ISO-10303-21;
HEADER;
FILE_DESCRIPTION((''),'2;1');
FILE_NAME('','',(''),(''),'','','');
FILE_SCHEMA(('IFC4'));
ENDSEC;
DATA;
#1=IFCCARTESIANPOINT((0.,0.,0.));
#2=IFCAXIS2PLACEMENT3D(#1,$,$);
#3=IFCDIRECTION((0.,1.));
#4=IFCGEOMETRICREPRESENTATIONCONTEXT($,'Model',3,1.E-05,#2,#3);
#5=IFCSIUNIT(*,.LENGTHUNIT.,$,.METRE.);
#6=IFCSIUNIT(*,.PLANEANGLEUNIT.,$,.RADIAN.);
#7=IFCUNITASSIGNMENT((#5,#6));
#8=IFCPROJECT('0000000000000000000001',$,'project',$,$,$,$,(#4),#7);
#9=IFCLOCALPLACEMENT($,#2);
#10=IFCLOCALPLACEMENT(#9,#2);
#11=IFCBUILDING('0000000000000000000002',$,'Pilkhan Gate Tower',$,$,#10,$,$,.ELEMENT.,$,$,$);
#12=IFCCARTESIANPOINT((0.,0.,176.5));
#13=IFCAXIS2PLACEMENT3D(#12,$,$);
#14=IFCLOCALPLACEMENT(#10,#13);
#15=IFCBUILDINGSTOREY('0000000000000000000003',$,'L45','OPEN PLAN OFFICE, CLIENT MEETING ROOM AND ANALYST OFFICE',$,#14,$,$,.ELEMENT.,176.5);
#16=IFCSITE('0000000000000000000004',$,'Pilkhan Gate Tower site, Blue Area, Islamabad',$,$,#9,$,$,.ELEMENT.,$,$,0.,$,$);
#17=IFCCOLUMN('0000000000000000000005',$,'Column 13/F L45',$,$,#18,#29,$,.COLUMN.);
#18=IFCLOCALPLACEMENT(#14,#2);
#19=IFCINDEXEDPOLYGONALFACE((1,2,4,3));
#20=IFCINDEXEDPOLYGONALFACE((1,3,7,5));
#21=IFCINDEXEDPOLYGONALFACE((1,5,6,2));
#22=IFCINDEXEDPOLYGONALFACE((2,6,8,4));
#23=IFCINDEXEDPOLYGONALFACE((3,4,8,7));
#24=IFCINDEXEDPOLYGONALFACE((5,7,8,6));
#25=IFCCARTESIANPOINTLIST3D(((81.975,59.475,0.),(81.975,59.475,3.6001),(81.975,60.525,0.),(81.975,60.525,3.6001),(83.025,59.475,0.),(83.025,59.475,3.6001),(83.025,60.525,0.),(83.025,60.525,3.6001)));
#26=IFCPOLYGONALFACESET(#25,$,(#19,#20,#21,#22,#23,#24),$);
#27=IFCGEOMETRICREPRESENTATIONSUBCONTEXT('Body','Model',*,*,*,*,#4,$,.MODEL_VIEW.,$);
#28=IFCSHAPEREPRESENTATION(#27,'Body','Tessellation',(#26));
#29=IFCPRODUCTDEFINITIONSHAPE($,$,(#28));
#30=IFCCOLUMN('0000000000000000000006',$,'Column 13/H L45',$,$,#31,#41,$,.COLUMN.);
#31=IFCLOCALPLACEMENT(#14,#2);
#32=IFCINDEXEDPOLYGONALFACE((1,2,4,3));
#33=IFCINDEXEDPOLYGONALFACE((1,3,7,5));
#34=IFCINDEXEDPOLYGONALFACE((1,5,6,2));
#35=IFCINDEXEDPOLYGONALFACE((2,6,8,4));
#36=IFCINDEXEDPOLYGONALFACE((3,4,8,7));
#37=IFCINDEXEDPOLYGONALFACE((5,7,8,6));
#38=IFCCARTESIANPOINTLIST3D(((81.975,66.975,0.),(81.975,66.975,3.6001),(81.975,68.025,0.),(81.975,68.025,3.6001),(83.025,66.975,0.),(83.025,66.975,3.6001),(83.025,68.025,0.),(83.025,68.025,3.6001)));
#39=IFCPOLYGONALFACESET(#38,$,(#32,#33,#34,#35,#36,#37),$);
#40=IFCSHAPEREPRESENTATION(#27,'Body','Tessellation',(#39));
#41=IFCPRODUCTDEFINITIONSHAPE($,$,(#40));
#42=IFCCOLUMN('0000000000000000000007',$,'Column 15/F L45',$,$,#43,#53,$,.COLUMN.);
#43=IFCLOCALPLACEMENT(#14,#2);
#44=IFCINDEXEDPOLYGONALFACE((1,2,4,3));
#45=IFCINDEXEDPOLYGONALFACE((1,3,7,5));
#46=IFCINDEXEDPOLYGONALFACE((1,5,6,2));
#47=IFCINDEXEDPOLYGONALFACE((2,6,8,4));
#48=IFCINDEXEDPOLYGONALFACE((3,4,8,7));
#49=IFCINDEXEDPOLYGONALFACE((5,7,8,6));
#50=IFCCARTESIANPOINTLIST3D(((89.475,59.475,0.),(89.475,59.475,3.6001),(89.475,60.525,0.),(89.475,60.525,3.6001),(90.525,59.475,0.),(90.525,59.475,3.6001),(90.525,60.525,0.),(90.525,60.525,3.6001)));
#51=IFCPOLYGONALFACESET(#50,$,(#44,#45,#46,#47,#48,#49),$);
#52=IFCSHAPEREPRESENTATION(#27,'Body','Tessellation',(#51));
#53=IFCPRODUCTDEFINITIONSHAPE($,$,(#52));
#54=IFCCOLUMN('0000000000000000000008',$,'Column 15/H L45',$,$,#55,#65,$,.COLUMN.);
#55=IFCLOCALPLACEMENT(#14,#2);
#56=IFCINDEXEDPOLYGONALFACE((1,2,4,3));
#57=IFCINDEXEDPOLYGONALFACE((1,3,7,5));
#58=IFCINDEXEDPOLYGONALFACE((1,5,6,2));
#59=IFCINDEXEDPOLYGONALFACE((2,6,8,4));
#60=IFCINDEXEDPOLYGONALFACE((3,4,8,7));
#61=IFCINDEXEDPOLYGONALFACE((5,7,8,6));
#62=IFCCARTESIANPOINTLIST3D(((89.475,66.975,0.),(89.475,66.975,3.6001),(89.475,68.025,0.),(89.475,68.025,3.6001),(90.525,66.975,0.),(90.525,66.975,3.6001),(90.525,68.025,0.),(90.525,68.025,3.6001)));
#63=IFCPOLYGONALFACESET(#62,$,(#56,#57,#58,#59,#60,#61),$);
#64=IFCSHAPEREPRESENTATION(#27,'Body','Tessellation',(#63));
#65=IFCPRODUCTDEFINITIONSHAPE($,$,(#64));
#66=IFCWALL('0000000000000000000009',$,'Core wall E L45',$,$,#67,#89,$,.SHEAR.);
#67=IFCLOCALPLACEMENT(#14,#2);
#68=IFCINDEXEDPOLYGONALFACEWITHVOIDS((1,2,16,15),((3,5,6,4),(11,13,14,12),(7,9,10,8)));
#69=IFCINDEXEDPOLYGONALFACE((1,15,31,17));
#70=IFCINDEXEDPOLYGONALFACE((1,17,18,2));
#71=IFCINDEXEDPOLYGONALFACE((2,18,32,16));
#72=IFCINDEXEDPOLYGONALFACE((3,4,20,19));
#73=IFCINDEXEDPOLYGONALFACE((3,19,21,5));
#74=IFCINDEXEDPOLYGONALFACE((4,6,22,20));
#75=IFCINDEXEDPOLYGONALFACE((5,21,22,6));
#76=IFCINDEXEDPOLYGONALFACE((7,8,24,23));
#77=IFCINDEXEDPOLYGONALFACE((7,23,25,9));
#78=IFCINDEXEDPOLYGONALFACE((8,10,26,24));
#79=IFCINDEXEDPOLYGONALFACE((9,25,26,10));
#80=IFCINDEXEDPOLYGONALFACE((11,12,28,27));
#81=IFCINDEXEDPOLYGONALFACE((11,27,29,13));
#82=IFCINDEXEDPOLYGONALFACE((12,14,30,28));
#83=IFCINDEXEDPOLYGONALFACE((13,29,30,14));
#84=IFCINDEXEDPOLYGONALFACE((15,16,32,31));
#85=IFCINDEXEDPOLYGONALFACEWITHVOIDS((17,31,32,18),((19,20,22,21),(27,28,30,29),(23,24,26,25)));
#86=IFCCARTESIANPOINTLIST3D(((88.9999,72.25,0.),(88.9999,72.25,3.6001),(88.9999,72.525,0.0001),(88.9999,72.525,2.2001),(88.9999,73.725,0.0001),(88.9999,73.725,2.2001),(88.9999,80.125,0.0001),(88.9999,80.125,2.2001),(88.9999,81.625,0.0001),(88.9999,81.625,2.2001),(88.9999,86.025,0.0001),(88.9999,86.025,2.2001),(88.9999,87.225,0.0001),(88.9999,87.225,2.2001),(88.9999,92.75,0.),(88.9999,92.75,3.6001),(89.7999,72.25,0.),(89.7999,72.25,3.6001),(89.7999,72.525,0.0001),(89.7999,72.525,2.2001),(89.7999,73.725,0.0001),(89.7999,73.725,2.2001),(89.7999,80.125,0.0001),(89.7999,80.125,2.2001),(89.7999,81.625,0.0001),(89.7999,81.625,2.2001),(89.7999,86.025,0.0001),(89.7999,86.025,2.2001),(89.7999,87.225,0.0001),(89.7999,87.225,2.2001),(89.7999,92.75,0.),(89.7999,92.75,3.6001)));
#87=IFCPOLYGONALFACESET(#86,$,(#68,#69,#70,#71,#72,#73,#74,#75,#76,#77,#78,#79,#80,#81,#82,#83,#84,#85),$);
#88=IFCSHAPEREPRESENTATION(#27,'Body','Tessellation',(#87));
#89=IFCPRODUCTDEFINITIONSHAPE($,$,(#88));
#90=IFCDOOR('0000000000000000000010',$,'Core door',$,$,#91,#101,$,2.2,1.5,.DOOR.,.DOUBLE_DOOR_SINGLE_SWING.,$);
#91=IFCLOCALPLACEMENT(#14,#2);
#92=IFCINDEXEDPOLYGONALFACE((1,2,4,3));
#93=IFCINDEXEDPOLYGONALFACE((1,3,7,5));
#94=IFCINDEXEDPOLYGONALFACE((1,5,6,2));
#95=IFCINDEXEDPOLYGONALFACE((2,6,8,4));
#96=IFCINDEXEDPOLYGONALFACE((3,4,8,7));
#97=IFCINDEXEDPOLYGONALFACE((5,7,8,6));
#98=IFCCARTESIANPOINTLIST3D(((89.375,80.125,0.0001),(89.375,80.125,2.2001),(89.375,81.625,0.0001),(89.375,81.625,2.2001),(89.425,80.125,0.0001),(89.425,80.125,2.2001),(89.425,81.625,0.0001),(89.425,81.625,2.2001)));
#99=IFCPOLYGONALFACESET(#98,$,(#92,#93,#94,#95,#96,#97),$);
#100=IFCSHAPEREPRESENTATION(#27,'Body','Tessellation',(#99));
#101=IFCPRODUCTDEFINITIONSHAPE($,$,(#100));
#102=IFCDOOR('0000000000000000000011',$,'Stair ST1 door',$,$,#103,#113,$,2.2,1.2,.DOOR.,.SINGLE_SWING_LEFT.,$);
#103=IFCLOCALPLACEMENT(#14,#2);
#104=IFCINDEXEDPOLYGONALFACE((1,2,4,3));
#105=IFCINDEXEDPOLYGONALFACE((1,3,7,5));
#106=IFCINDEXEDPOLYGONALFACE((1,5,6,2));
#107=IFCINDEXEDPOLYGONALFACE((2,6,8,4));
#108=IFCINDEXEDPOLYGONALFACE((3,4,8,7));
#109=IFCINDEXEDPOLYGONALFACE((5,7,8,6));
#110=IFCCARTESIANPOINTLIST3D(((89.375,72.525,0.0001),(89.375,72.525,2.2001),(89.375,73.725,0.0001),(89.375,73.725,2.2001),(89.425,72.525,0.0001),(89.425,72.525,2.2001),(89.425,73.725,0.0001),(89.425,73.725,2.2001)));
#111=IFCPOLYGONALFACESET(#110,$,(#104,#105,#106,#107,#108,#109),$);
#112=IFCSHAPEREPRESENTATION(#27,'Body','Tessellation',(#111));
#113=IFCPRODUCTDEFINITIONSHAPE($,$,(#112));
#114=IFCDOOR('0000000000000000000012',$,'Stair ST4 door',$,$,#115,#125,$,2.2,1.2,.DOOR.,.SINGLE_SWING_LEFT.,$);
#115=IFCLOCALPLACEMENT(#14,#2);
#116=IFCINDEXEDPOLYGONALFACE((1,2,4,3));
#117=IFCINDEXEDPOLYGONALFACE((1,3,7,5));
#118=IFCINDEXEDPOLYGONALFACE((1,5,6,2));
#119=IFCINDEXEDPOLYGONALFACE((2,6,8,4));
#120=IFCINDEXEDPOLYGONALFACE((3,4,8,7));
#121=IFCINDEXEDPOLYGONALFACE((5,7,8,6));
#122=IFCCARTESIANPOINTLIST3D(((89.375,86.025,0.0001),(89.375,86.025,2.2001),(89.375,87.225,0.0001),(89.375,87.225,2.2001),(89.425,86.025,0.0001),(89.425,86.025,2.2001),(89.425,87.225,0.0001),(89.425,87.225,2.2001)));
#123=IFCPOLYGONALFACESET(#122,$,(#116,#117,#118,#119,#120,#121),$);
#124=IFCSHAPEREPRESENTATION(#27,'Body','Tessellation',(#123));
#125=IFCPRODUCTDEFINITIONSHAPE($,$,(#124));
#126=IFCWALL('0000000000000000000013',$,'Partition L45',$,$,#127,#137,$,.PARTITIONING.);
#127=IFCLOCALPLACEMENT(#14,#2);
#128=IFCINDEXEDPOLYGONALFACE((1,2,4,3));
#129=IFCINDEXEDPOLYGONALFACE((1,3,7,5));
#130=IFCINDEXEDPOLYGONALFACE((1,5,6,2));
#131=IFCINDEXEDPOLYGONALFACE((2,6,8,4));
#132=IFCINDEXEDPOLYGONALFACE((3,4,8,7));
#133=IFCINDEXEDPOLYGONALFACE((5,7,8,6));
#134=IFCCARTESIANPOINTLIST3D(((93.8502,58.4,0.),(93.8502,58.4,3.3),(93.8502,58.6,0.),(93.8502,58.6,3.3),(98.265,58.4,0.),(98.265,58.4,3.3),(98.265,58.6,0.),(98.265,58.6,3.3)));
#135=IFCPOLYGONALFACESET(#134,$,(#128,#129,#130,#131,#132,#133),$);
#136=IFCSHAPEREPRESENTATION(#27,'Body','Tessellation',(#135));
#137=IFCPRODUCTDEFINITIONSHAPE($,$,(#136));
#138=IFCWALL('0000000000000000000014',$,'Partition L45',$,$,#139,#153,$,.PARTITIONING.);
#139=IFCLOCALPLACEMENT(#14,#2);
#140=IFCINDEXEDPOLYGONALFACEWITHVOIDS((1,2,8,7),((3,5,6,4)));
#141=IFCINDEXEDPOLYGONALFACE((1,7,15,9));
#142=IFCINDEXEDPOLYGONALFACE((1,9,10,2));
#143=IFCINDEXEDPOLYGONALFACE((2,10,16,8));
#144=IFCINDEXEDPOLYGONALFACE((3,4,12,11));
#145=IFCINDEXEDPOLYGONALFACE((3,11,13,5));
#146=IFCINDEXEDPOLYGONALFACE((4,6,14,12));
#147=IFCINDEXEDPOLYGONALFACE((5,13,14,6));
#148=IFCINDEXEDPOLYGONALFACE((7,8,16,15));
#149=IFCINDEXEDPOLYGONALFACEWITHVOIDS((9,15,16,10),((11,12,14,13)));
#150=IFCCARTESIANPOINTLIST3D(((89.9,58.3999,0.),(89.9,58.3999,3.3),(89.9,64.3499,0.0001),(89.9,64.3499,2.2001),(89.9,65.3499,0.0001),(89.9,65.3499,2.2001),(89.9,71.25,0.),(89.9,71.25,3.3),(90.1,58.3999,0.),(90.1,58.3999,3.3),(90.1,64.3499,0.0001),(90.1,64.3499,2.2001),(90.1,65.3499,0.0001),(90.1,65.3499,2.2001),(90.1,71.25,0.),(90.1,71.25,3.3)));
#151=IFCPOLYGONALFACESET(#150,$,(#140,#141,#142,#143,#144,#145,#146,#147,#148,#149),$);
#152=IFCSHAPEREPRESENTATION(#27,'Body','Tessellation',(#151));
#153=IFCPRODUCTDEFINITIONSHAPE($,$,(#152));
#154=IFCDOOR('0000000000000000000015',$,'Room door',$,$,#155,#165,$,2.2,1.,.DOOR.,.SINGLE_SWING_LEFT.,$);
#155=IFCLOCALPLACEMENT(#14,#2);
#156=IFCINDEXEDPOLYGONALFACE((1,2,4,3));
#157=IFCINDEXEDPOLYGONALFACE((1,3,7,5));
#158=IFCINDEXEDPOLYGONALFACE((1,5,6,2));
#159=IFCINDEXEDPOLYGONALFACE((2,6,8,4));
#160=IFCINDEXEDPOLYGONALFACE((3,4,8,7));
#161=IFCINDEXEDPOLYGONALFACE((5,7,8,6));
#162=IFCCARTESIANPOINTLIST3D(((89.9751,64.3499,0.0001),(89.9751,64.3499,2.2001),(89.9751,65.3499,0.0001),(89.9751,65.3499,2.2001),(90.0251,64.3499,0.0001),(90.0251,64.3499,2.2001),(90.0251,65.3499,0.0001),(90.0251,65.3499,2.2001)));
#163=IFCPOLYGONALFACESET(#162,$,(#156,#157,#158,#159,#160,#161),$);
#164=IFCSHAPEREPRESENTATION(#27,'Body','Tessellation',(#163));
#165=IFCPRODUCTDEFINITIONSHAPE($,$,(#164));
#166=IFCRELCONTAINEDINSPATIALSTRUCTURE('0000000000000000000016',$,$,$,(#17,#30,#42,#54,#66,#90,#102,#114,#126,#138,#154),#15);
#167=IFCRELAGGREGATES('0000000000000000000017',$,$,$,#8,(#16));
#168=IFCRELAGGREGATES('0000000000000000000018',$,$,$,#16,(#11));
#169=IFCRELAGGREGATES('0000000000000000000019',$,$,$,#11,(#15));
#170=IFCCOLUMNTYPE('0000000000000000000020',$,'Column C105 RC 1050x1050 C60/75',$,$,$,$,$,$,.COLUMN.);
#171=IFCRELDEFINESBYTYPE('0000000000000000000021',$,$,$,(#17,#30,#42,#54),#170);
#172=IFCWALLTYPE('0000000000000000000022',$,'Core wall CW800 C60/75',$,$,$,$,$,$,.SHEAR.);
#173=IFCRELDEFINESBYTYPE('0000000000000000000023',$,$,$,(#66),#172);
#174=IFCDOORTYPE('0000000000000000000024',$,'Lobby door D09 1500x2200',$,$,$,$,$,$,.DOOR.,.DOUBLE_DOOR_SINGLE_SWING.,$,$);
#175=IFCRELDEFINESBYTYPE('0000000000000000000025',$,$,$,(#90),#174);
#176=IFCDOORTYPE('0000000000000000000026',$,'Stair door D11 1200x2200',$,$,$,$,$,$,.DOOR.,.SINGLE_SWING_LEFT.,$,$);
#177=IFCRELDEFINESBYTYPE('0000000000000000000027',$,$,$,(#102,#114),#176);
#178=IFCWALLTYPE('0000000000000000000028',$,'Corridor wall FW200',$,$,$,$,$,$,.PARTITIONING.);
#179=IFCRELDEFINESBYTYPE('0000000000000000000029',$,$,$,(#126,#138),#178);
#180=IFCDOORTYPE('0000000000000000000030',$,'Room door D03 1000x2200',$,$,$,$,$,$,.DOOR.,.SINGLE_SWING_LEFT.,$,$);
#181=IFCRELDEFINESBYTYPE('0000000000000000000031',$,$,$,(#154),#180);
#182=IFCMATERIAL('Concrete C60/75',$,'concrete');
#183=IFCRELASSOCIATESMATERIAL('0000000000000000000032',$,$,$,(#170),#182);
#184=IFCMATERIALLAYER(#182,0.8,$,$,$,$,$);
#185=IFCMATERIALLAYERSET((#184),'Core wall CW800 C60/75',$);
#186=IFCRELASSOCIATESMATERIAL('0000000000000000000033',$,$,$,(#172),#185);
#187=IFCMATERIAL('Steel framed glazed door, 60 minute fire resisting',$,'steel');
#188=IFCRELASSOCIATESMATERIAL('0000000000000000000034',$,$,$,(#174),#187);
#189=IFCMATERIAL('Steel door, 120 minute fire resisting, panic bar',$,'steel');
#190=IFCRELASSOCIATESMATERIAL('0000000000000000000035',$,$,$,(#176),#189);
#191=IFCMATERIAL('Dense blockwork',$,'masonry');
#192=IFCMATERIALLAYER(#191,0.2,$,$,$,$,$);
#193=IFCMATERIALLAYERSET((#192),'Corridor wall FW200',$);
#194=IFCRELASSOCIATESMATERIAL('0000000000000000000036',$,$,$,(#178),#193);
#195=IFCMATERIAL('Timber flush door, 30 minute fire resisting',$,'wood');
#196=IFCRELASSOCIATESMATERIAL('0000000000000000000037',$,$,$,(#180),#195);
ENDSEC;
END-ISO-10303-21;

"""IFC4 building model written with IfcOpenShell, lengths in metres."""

from ifc_helpers import new_model, si_unit, direction, frame, frame_2d, origin, origin_2d, place, context, subcontext, project, spatial, rectangle, extrude, material, layer, layer_set, material_profile, profile_set, type_object, element, fill, save


model = new_model("IFC4")

# Units and contexts
model_context = context("Model", 3, precision=1e-05, world=origin(), true_north=direction((0.0, 1.0)))
body_context = subcontext(model_context, "Body", "Model", "MODEL_VIEW")
ifc_project = project(units=[si_unit("LENGTHUNIT", "METRE"), si_unit("PLANEANGLEUNIT", "RADIAN")], contexts=[model_context])

# Site, building, storey
site_placement = place(None, origin())
site = spatial("IfcSite", under=ifc_project, at=site_placement, Name="Pilkhan Gate Tower site, Blue Area, Islamabad", CompositionType="ELEMENT", RefElevation=0.0)
building_placement = place(site_placement, origin())
building = spatial("IfcBuilding", under=site, at=building_placement, Name="Pilkhan Gate Tower", CompositionType="ELEMENT")
storey_placement = place(building_placement, frame((0.0, 0.0, 176.5)))
storey = spatial("IfcBuildingStorey", under=building, at=storey_placement, Name="L45", Description="OPEN PLAN OFFICE, CLIENT MEETING ROOM AND ANALYST OFFICE", CompositionType="ELEMENT", Elevation=176.5)

# Columns
ifc_material_1 = material(Name="Concrete C60/75", Category="concrete")
ifc_material_profile = material_profile(ifc_material_1, rectangle(XDim=1.05, YDim=1.05, at=origin_2d()), Name="RC 1050x1050")
ifc_profile_set = profile_set([ifc_material_profile], Name="Concrete C60/75")
column_type = type_object("IfcColumnType", Name="Column C105 RC 1050x1050 C60/75", PredefinedType="COLUMN", material=ifc_profile_set)
for number, where, z_axis, x_axis, name in (
    (1, (82.5, 60.0, 0.0), (0.0, 0.0, 1.0), (1.0, 0.0, 0.0), "Column 13/F L45"),
    (2, (82.5, 67.5, 0.0), (0.0, 0.0, 1.0), (1.0, 0.0, 0.0), "Column 13/H L45"),
    (3, (90.0, 60.0, 0.0), (0.0, 0.0, 1.0), (1.0, 0.0, 0.0), "Column 15/F L45"),
    (4, (90.0, 67.5, 0.0), (0.0, 0.0, 1.0), (1.0, 0.0, 0.0), "Column 15/H L45"),
):
    element("IfcColumn", number, at=place(storey_placement, frame(where, z_axis=z_axis, x_axis=x_axis)), inside=storey, type_object=column_type, Name=name, PredefinedType="COLUMN", context=body_context, shape_type="SweptSolid", body=[
        extrude(rectangle(XDim=1.05, YDim=1.05, at=origin_2d()), origin(), (0.0, 0.0, 1.0), 3.6001),
    ])

# Wall, openings, doors
ifc_layer_1 = layer(ifc_material_1, 0.8)
ifc_layer_set_1 = layer_set([ifc_layer_1], Name="Core wall CW800 C60/75")
wall_type_1 = type_object("IfcWallType", Name="Core wall CW800 C60/75", PredefinedType="SHEAR", material=ifc_layer_set_1)
wall_1_placement = place(storey_placement, frame((89.3999, 72.25, 0.0), z_axis=(0.0, 0.0, 1.0), x_axis=(0.0, 1.0, 0.0)))
wall_1 = element("IfcWall", 5, at=wall_1_placement, inside=storey, type_object=wall_type_1, Name="Core wall E L45", PredefinedType="SHEAR", context=body_context, shape_type="SweptSolid", body=[
    extrude(rectangle(XDim=20.5, YDim=0.8, at=frame_2d((10.25, 0.0))), origin(), (0.0, 0.0, 1.0), 3.6001),
])
opening_1_placement = place(wall_1_placement, frame((0.2749, 0.0, 0.0)))
opening_1 = element("IfcOpeningElement", 6, at=opening_1_placement, cuts=wall_1, PredefinedType="OPENING", context=body_context, shape_type="SweptSolid", body=[
    extrude(rectangle(XDim=1.2, YDim=2.2, at=frame_2d((0.6001, 1.1001))), frame((0.0, 0.4099, 0.0), z_axis=(0.0, -1.0, 0.0), x_axis=(1.0, 0.0, 0.0)), (0.0, 0.0, 1.0), 0.8201),
])
opening_2_placement = place(wall_1_placement, frame((13.7749, 0.0, 0.0)))
opening_2 = element("IfcOpeningElement", 7, at=opening_2_placement, cuts=wall_1, PredefinedType="OPENING", context=body_context, shape_type="SweptSolid", body=[
    extrude(rectangle(XDim=1.2, YDim=2.2, at=frame_2d((0.6001, 1.1001))), frame((0.0, 0.4099, 0.0), z_axis=(0.0, -1.0, 0.0), x_axis=(1.0, 0.0, 0.0)), (0.0, 0.0, 1.0), 0.8201),
])
opening_3_placement = place(wall_1_placement, frame((7.875, 0.0, 0.0)))
opening_3 = element("IfcOpeningElement", 8, at=opening_3_placement, cuts=wall_1, PredefinedType="OPENING", context=body_context, shape_type="SweptSolid", body=[
    extrude(rectangle(XDim=1.5, YDim=2.2, at=frame_2d((0.75, 1.1001))), frame((0.0, 0.4099, 0.0), z_axis=(0.0, -1.0, 0.0), x_axis=(1.0, 0.0, 0.0)), (0.0, 0.0, 1.0), 0.8201),
])
ifc_material_2 = material(Name="Steel framed glazed door, 60 minute fire resisting", Category="steel")
door_type_1 = type_object("IfcDoorType", Name="Lobby door D09 1500x2200", OperationType="DOUBLE_DOOR_SINGLE_SWING", PredefinedType="DOOR", material=ifc_material_2)
door_1_placement = place(opening_3_placement, origin())
door_1 = element("IfcDoor", 9, at=door_1_placement, inside=storey, type_object=door_type_1, Name="Core door", OperationType="DOUBLE_DOOR_SINGLE_SWING", OverallHeight=2.2, OverallWidth=1.5, PredefinedType="DOOR", context=body_context, shape_type="SweptSolid", body=[
    extrude(rectangle(XDim=1.5, YDim=2.2, at=frame_2d((0.75, 1.1001))), frame((0.0, 0.0249, 0.0), z_axis=(0.0, -1.0, 0.0), x_axis=(1.0, 0.0, 0.0)), (0.0, 0.0, 1.0), 0.05),
])
fill(opening_3, door_1)
ifc_material_3 = material(Name="Steel door, 120 minute fire resisting, panic bar", Category="steel")
door_type_2 = type_object("IfcDoorType", Name="Stair door D11 1200x2200", OperationType="SINGLE_SWING_LEFT", PredefinedType="DOOR", material=ifc_material_3)
door_2_placement = place(opening_1_placement, origin())
door_2 = element("IfcDoor", 10, at=door_2_placement, inside=storey, type_object=door_type_2, Name="Stair ST1 door", OperationType="SINGLE_SWING_LEFT", OverallHeight=2.2, OverallWidth=1.2, PredefinedType="DOOR", context=body_context, shape_type="SweptSolid", body=[
    extrude(rectangle(XDim=1.2, YDim=2.2, at=frame_2d((0.6001, 1.1001))), frame((0.0, 0.0249, 0.0), z_axis=(0.0, -1.0, 0.0), x_axis=(1.0, 0.0, 0.0)), (0.0, 0.0, 1.0), 0.05),
])
fill(opening_1, door_2)
door_3_placement = place(opening_2_placement, origin())
door_3 = element("IfcDoor", 11, at=door_3_placement, inside=storey, type_object=door_type_2, Name="Stair ST4 door", OperationType="SINGLE_SWING_LEFT", OverallHeight=2.2, OverallWidth=1.2, PredefinedType="DOOR", context=body_context, shape_type="SweptSolid", body=[
    extrude(rectangle(XDim=1.2, YDim=2.2, at=frame_2d((0.6001, 1.1001))), frame((0.0, 0.0249, 0.0), z_axis=(0.0, -1.0, 0.0), x_axis=(1.0, 0.0, 0.0)), (0.0, 0.0, 1.0), 0.05),
])
fill(opening_2, door_3)

# Wall
ifc_material_4 = material(Name="Dense blockwork", Category="masonry")
ifc_layer_2 = layer(ifc_material_4, 0.2)
ifc_layer_set_2 = layer_set([ifc_layer_2], Name="Corridor wall FW200")
wall_type_2 = type_object("IfcWallType", Name="Corridor wall FW200", PredefinedType="PARTITIONING", material=ifc_layer_set_2)
wall_2_placement = place(storey_placement, frame((93.8501, 58.5, 0.0), z_axis=(0.0, 0.0, 1.0), x_axis=(1.0, 0.0, 0.0)))
element("IfcWall", 12, at=wall_2_placement, inside=storey, type_object=wall_type_2, Name="Partition L45", PredefinedType="PARTITIONING", context=body_context, shape_type="SweptSolid", body=[
    extrude(rectangle(XDim=4.4148, YDim=0.2, at=frame_2d((2.2075, 0.0))), origin(), (0.0, 0.0, 1.0), 3.3),
])

# Wall, opening, door
wall_3_placement = place(storey_placement, frame((90.0, 58.3999, 0.0), z_axis=(0.0, 0.0, 1.0), x_axis=(0.0, 1.0, 0.0)))
wall_3 = element("IfcWall", 13, at=wall_3_placement, inside=storey, type_object=wall_type_2, Name="Partition L45", PredefinedType="PARTITIONING", context=body_context, shape_type="SweptSolid", body=[
    extrude(rectangle(XDim=12.8501, YDim=0.2, at=frame_2d((6.425, 0.0))), origin(), (0.0, 0.0, 1.0), 3.3),
])
opening_4_placement = place(wall_3_placement, frame((5.95, 0.0, 0.0)))
opening_4 = element("IfcOpeningElement", 14, at=opening_4_placement, cuts=wall_3, PredefinedType="OPENING", context=body_context, shape_type="SweptSolid", body=[
    extrude(rectangle(XDim=1.0, YDim=2.2, at=frame_2d((0.5, 1.1001))), frame((0.0, 0.1099, 0.0), z_axis=(0.0, -1.0, 0.0), x_axis=(1.0, 0.0, 0.0)), (0.0, 0.0, 1.0), 0.22),
])
ifc_material_5 = material(Name="Timber flush door, 30 minute fire resisting", Category="wood")
door_type_3 = type_object("IfcDoorType", Name="Room door D03 1000x2200", OperationType="SINGLE_SWING_LEFT", PredefinedType="DOOR", material=ifc_material_5)
door_4_placement = place(opening_4_placement, origin())
door_4 = element("IfcDoor", 15, at=door_4_placement, inside=storey, type_object=door_type_3, Name="Room door", OperationType="SINGLE_SWING_LEFT", OverallHeight=2.2, OverallWidth=1.0, PredefinedType="DOOR", context=body_context, shape_type="SweptSolid", body=[
    extrude(rectangle(XDim=1.0, YDim=2.2, at=frame_2d((0.5, 1.1001))), frame((0.0, 0.0249, 0.0), z_axis=(0.0, -1.0, 0.0), x_axis=(1.0, 0.0, 0.0)), (0.0, 0.0, 1.0), 0.05),
])
fill(opening_4, door_4)

save(model, "model.ifc")
